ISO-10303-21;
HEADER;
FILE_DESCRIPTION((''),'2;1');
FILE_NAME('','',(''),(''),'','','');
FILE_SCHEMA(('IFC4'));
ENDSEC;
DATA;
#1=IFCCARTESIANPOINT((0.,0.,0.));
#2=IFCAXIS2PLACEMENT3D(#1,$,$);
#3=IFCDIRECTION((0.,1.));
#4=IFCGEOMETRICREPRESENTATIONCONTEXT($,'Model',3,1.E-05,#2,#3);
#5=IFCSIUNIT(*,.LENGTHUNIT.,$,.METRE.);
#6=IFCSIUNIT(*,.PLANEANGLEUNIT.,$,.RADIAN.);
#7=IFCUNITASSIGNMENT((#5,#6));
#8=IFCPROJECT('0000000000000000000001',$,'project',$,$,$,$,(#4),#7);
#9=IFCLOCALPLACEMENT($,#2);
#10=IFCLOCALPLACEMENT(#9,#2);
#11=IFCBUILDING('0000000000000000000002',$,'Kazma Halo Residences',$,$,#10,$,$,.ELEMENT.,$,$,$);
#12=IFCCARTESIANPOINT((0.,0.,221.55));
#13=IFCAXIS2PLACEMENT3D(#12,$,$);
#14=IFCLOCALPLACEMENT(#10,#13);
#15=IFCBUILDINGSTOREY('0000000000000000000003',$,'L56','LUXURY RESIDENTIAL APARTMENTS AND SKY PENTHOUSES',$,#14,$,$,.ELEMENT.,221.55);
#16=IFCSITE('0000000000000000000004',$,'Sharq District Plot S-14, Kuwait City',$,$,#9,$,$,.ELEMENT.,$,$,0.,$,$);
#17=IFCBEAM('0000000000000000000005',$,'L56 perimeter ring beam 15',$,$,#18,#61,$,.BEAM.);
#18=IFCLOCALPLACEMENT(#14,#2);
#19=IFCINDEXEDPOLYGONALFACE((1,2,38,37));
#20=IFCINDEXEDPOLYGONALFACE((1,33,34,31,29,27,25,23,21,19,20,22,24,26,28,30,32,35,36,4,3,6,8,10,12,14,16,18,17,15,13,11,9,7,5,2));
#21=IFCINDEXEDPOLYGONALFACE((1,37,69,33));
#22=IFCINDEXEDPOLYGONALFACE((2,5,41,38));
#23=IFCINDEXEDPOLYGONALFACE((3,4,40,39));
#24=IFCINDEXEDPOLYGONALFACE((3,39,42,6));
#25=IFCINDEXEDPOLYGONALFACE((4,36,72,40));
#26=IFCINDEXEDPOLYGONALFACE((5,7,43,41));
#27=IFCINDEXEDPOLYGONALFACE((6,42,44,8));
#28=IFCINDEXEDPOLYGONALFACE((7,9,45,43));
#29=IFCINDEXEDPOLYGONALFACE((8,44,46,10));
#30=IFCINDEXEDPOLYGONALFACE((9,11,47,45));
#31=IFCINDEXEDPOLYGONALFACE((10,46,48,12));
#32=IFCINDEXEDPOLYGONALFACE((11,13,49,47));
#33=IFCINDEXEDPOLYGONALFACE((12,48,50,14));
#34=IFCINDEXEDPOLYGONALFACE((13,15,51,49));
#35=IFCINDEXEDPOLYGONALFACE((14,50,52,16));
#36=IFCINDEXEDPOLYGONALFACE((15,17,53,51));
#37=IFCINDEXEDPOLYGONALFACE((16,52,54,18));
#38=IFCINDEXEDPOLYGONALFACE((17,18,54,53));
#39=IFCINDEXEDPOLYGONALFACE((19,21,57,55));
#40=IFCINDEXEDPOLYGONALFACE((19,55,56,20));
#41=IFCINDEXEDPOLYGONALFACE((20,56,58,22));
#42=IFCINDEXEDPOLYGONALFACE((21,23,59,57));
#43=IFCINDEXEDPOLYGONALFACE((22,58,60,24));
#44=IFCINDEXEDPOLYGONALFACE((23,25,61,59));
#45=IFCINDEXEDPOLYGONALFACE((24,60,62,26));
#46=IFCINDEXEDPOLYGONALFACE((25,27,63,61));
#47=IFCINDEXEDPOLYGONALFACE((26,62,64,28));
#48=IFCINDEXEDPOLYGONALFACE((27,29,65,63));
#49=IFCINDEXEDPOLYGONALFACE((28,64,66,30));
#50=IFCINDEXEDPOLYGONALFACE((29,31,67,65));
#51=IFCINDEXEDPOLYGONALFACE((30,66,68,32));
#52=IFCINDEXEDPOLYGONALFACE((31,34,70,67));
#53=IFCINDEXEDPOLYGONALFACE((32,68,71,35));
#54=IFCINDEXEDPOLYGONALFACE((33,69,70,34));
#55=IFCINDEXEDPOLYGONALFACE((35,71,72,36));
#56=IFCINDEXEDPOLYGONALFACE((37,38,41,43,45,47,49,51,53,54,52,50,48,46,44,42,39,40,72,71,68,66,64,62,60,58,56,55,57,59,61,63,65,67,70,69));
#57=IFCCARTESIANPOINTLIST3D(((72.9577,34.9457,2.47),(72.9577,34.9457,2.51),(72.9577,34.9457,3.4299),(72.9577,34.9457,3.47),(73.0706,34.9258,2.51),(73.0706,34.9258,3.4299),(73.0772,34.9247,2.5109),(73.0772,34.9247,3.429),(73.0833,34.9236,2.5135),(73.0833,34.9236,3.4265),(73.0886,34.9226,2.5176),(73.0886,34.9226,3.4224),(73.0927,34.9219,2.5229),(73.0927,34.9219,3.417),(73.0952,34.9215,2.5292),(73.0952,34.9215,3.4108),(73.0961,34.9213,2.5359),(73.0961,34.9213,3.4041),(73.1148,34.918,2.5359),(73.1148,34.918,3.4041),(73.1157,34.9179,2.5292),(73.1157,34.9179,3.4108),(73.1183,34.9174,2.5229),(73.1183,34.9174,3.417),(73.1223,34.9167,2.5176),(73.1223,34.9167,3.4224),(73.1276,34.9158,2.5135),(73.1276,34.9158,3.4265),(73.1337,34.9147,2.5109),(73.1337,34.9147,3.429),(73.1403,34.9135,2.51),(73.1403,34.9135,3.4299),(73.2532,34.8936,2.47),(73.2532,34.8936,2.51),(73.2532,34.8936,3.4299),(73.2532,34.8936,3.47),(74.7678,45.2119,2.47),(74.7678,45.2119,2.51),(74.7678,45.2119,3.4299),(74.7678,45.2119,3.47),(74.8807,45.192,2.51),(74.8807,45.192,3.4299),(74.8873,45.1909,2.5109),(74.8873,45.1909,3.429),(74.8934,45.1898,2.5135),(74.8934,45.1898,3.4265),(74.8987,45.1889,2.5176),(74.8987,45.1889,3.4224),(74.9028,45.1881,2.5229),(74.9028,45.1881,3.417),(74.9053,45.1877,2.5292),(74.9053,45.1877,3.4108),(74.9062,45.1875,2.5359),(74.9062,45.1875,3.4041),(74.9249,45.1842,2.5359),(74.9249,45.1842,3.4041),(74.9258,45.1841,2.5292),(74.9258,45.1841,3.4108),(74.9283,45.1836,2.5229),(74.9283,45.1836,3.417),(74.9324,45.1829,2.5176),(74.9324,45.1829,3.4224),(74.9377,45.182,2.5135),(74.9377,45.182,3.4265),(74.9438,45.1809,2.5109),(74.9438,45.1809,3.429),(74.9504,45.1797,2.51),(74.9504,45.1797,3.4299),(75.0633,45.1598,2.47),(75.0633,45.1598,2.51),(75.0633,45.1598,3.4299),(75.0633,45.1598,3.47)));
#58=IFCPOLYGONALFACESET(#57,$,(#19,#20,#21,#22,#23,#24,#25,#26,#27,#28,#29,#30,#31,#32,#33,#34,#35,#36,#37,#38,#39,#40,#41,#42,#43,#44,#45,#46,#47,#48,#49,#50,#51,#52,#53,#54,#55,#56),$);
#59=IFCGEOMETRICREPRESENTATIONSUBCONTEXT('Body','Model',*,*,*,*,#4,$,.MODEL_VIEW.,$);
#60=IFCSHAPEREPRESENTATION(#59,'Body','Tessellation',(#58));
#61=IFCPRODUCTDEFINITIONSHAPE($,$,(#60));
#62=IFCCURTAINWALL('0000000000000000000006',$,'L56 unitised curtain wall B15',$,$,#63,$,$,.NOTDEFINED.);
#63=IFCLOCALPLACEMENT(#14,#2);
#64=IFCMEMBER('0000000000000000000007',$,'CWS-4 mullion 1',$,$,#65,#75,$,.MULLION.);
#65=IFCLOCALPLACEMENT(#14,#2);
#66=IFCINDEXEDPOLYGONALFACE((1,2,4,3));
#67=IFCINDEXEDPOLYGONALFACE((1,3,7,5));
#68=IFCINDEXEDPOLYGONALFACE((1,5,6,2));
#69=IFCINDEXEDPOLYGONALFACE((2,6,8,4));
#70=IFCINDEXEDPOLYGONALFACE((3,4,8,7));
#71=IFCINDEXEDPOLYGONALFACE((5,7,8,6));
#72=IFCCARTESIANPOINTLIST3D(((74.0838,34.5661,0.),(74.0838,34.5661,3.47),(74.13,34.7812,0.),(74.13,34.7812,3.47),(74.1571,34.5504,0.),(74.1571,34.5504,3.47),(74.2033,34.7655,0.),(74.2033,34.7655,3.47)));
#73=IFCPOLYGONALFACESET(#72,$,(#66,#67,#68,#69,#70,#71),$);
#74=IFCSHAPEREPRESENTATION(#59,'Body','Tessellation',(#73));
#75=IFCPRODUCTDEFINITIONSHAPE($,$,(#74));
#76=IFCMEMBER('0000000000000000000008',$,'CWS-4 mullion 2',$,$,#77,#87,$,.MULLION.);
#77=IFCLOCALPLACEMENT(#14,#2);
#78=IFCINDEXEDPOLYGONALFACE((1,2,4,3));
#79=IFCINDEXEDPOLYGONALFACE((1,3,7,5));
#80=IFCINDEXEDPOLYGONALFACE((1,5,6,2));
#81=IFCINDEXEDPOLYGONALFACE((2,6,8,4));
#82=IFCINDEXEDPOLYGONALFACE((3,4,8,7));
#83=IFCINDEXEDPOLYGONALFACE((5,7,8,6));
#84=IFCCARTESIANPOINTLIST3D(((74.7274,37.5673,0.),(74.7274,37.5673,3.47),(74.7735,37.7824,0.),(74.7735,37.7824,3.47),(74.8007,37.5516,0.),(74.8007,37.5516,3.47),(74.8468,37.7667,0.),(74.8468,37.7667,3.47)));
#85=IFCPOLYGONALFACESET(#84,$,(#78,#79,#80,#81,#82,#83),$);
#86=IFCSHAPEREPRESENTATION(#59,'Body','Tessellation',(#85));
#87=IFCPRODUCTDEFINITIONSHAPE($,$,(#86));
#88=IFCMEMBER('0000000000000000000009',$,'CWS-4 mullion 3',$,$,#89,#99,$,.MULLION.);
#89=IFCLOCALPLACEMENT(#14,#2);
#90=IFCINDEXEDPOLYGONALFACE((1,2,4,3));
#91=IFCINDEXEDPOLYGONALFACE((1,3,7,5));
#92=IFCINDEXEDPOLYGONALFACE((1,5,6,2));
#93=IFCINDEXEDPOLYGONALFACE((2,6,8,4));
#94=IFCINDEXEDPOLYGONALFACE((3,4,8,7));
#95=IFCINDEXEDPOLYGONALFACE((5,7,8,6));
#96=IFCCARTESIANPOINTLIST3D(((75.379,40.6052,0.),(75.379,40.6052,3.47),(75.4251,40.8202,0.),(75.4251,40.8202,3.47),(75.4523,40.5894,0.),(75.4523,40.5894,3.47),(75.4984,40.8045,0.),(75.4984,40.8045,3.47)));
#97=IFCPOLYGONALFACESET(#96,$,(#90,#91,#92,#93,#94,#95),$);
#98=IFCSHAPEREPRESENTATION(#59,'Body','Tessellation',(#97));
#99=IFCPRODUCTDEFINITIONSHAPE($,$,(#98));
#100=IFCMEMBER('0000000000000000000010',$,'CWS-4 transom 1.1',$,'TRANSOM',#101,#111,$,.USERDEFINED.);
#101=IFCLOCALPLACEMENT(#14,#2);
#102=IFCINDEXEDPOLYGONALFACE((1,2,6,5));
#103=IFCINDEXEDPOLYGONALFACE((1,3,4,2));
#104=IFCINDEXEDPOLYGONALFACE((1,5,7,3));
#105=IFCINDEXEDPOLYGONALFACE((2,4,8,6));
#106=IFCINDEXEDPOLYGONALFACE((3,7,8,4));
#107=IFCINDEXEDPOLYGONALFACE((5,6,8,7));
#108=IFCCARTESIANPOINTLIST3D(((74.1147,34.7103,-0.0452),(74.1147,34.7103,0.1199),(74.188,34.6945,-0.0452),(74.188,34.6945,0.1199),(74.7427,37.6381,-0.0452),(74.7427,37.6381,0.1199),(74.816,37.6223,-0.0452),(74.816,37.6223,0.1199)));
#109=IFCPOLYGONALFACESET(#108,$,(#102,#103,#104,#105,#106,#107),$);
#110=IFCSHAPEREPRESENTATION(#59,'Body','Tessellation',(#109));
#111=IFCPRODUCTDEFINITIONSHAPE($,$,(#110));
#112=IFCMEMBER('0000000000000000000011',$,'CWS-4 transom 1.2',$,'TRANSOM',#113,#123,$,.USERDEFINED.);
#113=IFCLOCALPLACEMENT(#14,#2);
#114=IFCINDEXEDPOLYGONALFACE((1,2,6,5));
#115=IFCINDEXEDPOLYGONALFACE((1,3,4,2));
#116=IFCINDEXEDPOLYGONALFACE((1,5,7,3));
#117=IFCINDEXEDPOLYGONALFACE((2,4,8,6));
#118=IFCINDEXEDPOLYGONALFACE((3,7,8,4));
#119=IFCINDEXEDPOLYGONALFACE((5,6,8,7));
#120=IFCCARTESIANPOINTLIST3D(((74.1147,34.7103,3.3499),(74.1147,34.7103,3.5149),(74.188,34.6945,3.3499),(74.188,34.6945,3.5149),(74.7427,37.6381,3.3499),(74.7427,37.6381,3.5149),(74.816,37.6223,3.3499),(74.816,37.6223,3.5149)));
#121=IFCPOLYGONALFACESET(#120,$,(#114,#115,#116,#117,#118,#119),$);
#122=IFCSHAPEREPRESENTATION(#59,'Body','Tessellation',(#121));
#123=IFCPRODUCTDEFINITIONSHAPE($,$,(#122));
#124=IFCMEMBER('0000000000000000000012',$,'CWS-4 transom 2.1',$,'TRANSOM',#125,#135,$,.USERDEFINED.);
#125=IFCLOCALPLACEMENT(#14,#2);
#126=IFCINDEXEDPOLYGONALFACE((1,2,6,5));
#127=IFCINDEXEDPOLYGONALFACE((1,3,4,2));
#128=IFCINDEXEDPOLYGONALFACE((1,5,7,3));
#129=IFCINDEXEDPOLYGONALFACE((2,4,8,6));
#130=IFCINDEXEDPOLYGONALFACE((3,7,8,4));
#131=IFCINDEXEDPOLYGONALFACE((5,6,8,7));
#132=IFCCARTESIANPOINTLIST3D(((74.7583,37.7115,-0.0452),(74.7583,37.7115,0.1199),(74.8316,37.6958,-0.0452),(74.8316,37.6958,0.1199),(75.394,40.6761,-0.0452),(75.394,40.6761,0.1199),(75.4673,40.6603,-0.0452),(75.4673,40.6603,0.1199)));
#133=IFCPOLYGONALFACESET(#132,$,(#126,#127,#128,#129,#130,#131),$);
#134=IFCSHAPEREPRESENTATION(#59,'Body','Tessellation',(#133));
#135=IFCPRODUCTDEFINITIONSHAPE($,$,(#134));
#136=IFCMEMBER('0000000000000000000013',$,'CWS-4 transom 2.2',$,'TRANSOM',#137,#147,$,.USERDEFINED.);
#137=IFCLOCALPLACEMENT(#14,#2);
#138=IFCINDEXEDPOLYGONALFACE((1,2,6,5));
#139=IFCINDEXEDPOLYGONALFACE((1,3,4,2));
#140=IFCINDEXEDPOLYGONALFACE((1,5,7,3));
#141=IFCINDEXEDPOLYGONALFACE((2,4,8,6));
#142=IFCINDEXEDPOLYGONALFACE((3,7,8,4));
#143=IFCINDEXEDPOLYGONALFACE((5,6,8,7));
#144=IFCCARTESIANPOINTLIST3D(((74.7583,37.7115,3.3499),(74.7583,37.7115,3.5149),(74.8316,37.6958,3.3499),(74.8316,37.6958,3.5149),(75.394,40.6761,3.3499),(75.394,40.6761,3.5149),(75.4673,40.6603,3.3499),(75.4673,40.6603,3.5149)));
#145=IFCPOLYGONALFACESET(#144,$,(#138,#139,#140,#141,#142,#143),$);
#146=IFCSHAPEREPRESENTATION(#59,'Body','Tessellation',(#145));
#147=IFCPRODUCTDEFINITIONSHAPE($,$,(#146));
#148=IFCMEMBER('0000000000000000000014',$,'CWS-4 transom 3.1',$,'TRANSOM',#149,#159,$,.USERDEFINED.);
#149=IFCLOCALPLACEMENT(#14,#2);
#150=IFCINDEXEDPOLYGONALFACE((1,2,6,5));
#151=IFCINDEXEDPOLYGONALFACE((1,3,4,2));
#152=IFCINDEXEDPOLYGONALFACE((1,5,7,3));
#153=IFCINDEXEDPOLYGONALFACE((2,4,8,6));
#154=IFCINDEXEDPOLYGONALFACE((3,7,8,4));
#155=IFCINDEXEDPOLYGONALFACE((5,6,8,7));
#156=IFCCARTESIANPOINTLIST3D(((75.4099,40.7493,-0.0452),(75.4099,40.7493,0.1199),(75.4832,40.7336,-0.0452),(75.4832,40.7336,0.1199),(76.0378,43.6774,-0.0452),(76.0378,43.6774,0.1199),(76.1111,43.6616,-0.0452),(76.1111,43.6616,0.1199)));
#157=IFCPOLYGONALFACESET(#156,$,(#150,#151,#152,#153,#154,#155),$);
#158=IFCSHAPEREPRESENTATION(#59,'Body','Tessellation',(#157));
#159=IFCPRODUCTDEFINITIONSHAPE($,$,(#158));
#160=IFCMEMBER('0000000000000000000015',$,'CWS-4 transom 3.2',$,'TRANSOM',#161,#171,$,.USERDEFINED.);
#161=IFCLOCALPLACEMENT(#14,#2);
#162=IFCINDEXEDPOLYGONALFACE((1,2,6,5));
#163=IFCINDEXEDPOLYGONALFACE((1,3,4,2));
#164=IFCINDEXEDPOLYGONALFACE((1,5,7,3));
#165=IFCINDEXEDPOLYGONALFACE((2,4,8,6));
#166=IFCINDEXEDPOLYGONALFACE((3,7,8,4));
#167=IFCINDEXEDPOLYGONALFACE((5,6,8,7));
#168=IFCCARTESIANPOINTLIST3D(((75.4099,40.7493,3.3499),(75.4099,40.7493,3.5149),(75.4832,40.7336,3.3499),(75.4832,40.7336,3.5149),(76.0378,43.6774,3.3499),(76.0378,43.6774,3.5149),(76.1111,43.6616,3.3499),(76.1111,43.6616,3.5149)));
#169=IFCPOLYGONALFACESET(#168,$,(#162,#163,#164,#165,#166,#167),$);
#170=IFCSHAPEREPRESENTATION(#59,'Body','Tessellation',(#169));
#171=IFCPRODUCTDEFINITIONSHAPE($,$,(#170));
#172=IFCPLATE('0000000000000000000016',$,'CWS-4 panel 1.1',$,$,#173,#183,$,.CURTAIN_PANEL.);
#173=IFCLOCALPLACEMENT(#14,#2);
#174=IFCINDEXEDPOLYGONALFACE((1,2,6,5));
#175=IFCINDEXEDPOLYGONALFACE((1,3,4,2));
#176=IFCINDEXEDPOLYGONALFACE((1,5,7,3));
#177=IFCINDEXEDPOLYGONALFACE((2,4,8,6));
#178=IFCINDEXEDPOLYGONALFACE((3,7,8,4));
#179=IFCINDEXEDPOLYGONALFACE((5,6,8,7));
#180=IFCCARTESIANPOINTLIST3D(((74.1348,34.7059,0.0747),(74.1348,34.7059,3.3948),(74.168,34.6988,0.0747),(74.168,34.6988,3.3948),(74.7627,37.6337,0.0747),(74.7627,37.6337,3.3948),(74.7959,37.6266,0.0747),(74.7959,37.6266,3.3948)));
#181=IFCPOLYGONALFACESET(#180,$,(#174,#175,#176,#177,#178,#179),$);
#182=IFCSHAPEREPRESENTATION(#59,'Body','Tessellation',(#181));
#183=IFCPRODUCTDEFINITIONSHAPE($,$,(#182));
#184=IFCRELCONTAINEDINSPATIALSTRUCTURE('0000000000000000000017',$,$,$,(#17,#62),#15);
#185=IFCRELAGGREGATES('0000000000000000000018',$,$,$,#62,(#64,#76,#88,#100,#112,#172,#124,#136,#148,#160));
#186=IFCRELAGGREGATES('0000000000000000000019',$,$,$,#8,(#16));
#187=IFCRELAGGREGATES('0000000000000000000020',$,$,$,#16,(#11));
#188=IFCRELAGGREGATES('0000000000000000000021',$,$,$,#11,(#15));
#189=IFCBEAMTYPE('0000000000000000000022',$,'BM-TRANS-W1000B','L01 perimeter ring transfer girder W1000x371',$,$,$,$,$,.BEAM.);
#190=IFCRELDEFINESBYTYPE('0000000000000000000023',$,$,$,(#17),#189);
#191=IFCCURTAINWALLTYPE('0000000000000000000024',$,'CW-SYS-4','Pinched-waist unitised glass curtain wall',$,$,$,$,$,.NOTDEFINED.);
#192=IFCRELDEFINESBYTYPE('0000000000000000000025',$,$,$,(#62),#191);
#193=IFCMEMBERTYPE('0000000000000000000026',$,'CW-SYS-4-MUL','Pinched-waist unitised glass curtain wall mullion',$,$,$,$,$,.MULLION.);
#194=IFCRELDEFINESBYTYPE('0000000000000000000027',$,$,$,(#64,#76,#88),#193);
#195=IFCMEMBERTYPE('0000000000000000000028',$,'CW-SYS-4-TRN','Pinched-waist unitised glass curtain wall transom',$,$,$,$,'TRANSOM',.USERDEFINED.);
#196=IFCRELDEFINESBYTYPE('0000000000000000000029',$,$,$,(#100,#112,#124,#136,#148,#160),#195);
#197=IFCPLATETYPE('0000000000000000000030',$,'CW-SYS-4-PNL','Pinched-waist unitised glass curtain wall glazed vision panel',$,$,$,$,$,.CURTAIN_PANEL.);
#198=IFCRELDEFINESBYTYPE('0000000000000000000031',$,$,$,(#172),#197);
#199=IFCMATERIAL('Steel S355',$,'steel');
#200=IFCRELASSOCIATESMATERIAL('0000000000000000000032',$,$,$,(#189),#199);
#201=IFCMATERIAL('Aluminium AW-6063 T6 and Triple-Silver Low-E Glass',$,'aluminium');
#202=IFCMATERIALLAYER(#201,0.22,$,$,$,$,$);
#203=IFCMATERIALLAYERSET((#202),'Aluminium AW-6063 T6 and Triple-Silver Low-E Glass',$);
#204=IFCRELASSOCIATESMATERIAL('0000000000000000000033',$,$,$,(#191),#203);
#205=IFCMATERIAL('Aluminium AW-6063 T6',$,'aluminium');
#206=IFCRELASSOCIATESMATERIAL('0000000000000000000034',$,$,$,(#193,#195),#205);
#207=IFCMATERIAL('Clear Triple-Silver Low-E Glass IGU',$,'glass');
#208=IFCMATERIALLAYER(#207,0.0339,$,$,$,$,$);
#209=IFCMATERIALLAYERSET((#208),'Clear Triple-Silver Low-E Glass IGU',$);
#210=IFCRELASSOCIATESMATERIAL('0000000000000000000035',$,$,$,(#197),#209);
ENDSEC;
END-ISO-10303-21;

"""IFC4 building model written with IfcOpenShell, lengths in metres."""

from ifc_helpers import new_model, si_unit, direction, frame, origin, origin_2d, place, context, subcontext, project, spatial, rectangle, i_section, extrude, material, layer, layer_set, material_profile, profile_set, type_object, element, aggregate, save


model = new_model("IFC4")

# Units and contexts
model_context = context("Model", 3, precision=1e-05, world=origin(), true_north=direction((0.0, 1.0)))
body_context = subcontext(model_context, "Body", "Model", "MODEL_VIEW")
ifc_project = project(units=[si_unit("LENGTHUNIT", "METRE"), si_unit("PLANEANGLEUNIT", "RADIAN")], contexts=[model_context])

# Site, building, storey
site_placement = place(None, origin())
site = spatial("IfcSite", under=ifc_project, at=site_placement, Name="Sharq District Plot S-14, Kuwait City", CompositionType="ELEMENT", RefElevation=0.0)
building_placement = place(site_placement, origin())
building = spatial("IfcBuilding", under=site, at=building_placement, Name="Kazma Halo Residences", CompositionType="ELEMENT")
storey_placement = place(building_placement, frame((0.0, 0.0, 221.55)))
storey = spatial("IfcBuildingStorey", under=building, at=storey_placement, Name="L56", Description="LUXURY RESIDENTIAL APARTMENTS AND SKY PENTHOUSES", CompositionType="ELEMENT", Elevation=221.55)

# Beam
ifc_material_1 = material(Name="Steel S355", Category="steel")
ifc_material_profile_1 = material_profile(ifc_material_1, i_section(OverallWidth=0.3, OverallDepth=1.0, WebThickness=0.019, FlangeThickness=0.04, FilletRadius=0.0259, at=origin_2d()), Name="W1000x371")
ifc_profile_set_1 = profile_set([ifc_material_profile_1], Name="Steel S355")
beam_type_1 = type_object("IfcBeamType", Name="BM-TRANS-W1000B", Description="L01 perimeter ring transfer girder W1000x371", PredefinedType="BEAM", material=ifc_profile_set_1)
beam_1_placement = place(storey_placement, frame((73.1055, 34.9197, 2.97), z_axis=(0.173636, 0.98481, 0.0), x_axis=(-0.98481, 0.173636, 0.0)))
element("IfcBeam", 1, at=beam_1_placement, inside=storey, type_object=beam_type_1, Name="L56 perimeter ring beam 15", PredefinedType="BEAM", context=body_context, shape_type="SweptSolid", body=[
    extrude(i_section(OverallWidth=0.3, OverallDepth=1.0, WebThickness=0.019, FlangeThickness=0.04, FilletRadius=0.0259, at=origin_2d()), origin(), (0.0, 0.0, 1.0), 10.4246),
])

# Curtain wall, members, plate
ifc_material_2 = material(Name="Aluminium AW-6063 T6 and Triple-Silver Low-E Glass", Category="aluminium")
ifc_layer_1 = layer(ifc_material_2, 0.22)
ifc_layer_set_1 = layer_set([ifc_layer_1], Name="Aluminium AW-6063 T6 and Triple-Silver Low-E Glass")
curtain_wall_type = type_object("IfcCurtainWallType", Name="CW-SYS-4", Description="Pinched-waist unitised glass curtain wall", PredefinedType="NOTDEFINED", material=ifc_layer_set_1)
curtain_wall_placement = place(storey_placement, origin())
curtain_wall = element("IfcCurtainWall", 2, at=curtain_wall_placement, inside=storey, type_object=curtain_wall_type, Name="L56 unitised curtain wall B15", PredefinedType="NOTDEFINED")
ifc_material_3 = material(Name="Aluminium AW-6063 T6", Category="aluminium")
ifc_material_profile_2 = material_profile(ifc_material_3, rectangle(XDim=0.075, YDim=0.22, at=origin_2d()), Name="CWM-75x220")
ifc_profile_set_2 = profile_set([ifc_material_profile_2], Name="Aluminium AW-6063 T6")
member_type_1 = type_object("IfcMemberType", Name="CW-SYS-4-MUL", Description="Pinched-waist unitised glass curtain wall mullion", PredefinedType="MULLION", material=ifc_profile_set_2)
member_1_placement = place(storey_placement, frame((74.1436, 34.6658, 0.0), z_axis=(0.0, 0.0, 1.0), x_axis=(-0.977768, 0.20969, 0.0)))
member_1 = element("IfcMember", 3, at=member_1_placement, type_object=member_type_1, Name="CWS-4 mullion 1", PredefinedType="MULLION", context=body_context, shape_type="SweptSolid", body=[
    extrude(rectangle(XDim=0.075, YDim=0.22, at=origin_2d()), origin(), (0.0, 0.0, 1.0), 3.47),
])
member_2_placement = place(storey_placement, frame((74.7871, 37.667, 0.0), z_axis=(0.0, 0.0, 1.0), x_axis=(-0.977768, 0.20969, 0.0)))
member_2 = element("IfcMember", 4, at=member_2_placement, type_object=member_type_1, Name="CWS-4 mullion 2", PredefinedType="MULLION", context=body_context, shape_type="SweptSolid", body=[
    extrude(rectangle(XDim=0.075, YDim=0.22, at=origin_2d()), origin(), (0.0, 0.0, 1.0), 3.47),
])
member_3_placement = place(storey_placement, frame((75.4387, 40.7048, 0.0), z_axis=(0.0, 0.0, 1.0), x_axis=(-0.977768, 0.20969, 0.0)))
member_3 = element("IfcMember", 5, at=member_3_placement, type_object=member_type_1, Name="CWS-4 mullion 3", PredefinedType="MULLION", context=body_context, shape_type="SweptSolid", body=[
    extrude(rectangle(XDim=0.075, YDim=0.22, at=origin_2d()), origin(), (0.0, 0.0, 1.0), 3.47),
])
ifc_material_profile_3 = material_profile(ifc_material_3, rectangle(XDim=0.075, YDim=0.165, at=origin_2d()), Name="CWT-75x165")
ifc_profile_set_3 = profile_set([ifc_material_profile_3], Name="Aluminium AW-6063 T6")
member_type_2 = type_object("IfcMemberType", Name="CW-SYS-4-TRN", Description="Pinched-waist unitised glass curtain wall transom", ElementType="TRANSOM", PredefinedType="USERDEFINED", material=ifc_profile_set_3)
member_4_placement = place(storey_placement, frame((74.1514, 34.7024, 0.0374), z_axis=(0.209707, 0.977764, 0.0), x_axis=(-0.977764, 0.209707, 0.0)))
member_4 = element("IfcMember", 6, at=member_4_placement, type_object=member_type_2, Name="CWS-4 transom 1.1", ObjectType="TRANSOM", PredefinedType="USERDEFINED", context=body_context, shape_type="SweptSolid", body=[
    extrude(rectangle(XDim=0.075, YDim=0.165, at=origin_2d()), origin(), (0.0, 0.0, 1.0), 2.9944),
])
member_5_placement = place(storey_placement, frame((74.1514, 34.7024, 3.4324), z_axis=(0.209707, 0.977764, 0.0), x_axis=(-0.977764, 0.209707, 0.0)))
member_5 = element("IfcMember", 7, at=member_5_placement, type_object=member_type_2, Name="CWS-4 transom 1.2", ObjectType="TRANSOM", PredefinedType="USERDEFINED", context=body_context, shape_type="SweptSolid", body=[
    extrude(rectangle(XDim=0.075, YDim=0.165, at=origin_2d()), origin(), (0.0, 0.0, 1.0), 2.9944),
])
member_6_placement = place(storey_placement, frame((74.7949, 37.7036, 0.0374), z_axis=(0.209678, 0.977771, 0.0), x_axis=(-0.977771, 0.209678, 0.0)))
member_6 = element("IfcMember", 8, at=member_6_placement, type_object=member_type_2, Name="CWS-4 transom 2.1", ObjectType="TRANSOM", PredefinedType="USERDEFINED", context=body_context, shape_type="SweptSolid", body=[
    extrude(rectangle(XDim=0.075, YDim=0.165, at=origin_2d()), origin(), (0.0, 0.0, 1.0), 3.032),
])
member_7_placement = place(storey_placement, frame((74.7949, 37.7036, 3.4324), z_axis=(0.209678, 0.977771, 0.0), x_axis=(-0.977771, 0.209678, 0.0)))
member_7 = element("IfcMember", 9, at=member_7_placement, type_object=member_type_2, Name="CWS-4 transom 2.2", ObjectType="TRANSOM", PredefinedType="USERDEFINED", context=body_context, shape_type="SweptSolid", body=[
    extrude(rectangle(XDim=0.075, YDim=0.165, at=origin_2d()), origin(), (0.0, 0.0, 1.0), 3.032),
])
member_8_placement = place(storey_placement, frame((75.4465, 40.7415, 0.0374), z_axis=(0.209691, 0.977768, 0.0), x_axis=(-0.977768, 0.209691, 0.0)))
member_8 = element("IfcMember", 10, at=member_8_placement, type_object=member_type_2, Name="CWS-4 transom 3.1", ObjectType="TRANSOM", PredefinedType="USERDEFINED", context=body_context, shape_type="SweptSolid", body=[
    extrude(rectangle(XDim=0.075, YDim=0.165, at=origin_2d()), origin(), (0.0, 0.0, 1.0), 2.9946),
])
member_9_placement = place(storey_placement, frame((75.4465, 40.7415, 3.4324), z_axis=(0.209691, 0.977768, 0.0), x_axis=(-0.977768, 0.209691, 0.0)))
member_9 = element("IfcMember", 11, at=member_9_placement, type_object=member_type_2, Name="CWS-4 transom 3.2", ObjectType="TRANSOM", PredefinedType="USERDEFINED", context=body_context, shape_type="SweptSolid", body=[
    extrude(rectangle(XDim=0.075, YDim=0.165, at=origin_2d()), origin(), (0.0, 0.0, 1.0), 2.9946),
])
ifc_material_4 = material(Name="Clear Triple-Silver Low-E Glass IGU", Category="glass")
ifc_layer_2 = layer(ifc_material_4, 0.0339)
ifc_layer_set_2 = layer_set([ifc_layer_2], Name="Clear Triple-Silver Low-E Glass IGU")
plate_type = type_object("IfcPlateType", Name="CW-SYS-4-PNL", Description="Pinched-waist unitised glass curtain wall glazed vision panel", PredefinedType="CURTAIN_PANEL", material=ifc_layer_set_2)
plate_1_placement = place(storey_placement, frame((74.4653, 36.1663, 0.0747), z_axis=(0.0, 0.0, 1.0), x_axis=(0.20969, 0.977768, 0.0)))
plate_1 = element("IfcPlate", 12, at=plate_1_placement, type_object=plate_type, Name="CWS-4 panel 1.1", PredefinedType="CURTAIN_PANEL", context=body_context, shape_type="SweptSolid", body=[
    extrude(rectangle(XDim=2.9944, YDim=0.0339, at=origin_2d()), origin(), (0.0, 0.0, 1.0), 3.3201),
])
aggregate(curtain_wall, [member_1, member_2, member_3, member_4, member_5, plate_1, member_6, member_7, member_8, member_9])

save(model, "model.ifc")
